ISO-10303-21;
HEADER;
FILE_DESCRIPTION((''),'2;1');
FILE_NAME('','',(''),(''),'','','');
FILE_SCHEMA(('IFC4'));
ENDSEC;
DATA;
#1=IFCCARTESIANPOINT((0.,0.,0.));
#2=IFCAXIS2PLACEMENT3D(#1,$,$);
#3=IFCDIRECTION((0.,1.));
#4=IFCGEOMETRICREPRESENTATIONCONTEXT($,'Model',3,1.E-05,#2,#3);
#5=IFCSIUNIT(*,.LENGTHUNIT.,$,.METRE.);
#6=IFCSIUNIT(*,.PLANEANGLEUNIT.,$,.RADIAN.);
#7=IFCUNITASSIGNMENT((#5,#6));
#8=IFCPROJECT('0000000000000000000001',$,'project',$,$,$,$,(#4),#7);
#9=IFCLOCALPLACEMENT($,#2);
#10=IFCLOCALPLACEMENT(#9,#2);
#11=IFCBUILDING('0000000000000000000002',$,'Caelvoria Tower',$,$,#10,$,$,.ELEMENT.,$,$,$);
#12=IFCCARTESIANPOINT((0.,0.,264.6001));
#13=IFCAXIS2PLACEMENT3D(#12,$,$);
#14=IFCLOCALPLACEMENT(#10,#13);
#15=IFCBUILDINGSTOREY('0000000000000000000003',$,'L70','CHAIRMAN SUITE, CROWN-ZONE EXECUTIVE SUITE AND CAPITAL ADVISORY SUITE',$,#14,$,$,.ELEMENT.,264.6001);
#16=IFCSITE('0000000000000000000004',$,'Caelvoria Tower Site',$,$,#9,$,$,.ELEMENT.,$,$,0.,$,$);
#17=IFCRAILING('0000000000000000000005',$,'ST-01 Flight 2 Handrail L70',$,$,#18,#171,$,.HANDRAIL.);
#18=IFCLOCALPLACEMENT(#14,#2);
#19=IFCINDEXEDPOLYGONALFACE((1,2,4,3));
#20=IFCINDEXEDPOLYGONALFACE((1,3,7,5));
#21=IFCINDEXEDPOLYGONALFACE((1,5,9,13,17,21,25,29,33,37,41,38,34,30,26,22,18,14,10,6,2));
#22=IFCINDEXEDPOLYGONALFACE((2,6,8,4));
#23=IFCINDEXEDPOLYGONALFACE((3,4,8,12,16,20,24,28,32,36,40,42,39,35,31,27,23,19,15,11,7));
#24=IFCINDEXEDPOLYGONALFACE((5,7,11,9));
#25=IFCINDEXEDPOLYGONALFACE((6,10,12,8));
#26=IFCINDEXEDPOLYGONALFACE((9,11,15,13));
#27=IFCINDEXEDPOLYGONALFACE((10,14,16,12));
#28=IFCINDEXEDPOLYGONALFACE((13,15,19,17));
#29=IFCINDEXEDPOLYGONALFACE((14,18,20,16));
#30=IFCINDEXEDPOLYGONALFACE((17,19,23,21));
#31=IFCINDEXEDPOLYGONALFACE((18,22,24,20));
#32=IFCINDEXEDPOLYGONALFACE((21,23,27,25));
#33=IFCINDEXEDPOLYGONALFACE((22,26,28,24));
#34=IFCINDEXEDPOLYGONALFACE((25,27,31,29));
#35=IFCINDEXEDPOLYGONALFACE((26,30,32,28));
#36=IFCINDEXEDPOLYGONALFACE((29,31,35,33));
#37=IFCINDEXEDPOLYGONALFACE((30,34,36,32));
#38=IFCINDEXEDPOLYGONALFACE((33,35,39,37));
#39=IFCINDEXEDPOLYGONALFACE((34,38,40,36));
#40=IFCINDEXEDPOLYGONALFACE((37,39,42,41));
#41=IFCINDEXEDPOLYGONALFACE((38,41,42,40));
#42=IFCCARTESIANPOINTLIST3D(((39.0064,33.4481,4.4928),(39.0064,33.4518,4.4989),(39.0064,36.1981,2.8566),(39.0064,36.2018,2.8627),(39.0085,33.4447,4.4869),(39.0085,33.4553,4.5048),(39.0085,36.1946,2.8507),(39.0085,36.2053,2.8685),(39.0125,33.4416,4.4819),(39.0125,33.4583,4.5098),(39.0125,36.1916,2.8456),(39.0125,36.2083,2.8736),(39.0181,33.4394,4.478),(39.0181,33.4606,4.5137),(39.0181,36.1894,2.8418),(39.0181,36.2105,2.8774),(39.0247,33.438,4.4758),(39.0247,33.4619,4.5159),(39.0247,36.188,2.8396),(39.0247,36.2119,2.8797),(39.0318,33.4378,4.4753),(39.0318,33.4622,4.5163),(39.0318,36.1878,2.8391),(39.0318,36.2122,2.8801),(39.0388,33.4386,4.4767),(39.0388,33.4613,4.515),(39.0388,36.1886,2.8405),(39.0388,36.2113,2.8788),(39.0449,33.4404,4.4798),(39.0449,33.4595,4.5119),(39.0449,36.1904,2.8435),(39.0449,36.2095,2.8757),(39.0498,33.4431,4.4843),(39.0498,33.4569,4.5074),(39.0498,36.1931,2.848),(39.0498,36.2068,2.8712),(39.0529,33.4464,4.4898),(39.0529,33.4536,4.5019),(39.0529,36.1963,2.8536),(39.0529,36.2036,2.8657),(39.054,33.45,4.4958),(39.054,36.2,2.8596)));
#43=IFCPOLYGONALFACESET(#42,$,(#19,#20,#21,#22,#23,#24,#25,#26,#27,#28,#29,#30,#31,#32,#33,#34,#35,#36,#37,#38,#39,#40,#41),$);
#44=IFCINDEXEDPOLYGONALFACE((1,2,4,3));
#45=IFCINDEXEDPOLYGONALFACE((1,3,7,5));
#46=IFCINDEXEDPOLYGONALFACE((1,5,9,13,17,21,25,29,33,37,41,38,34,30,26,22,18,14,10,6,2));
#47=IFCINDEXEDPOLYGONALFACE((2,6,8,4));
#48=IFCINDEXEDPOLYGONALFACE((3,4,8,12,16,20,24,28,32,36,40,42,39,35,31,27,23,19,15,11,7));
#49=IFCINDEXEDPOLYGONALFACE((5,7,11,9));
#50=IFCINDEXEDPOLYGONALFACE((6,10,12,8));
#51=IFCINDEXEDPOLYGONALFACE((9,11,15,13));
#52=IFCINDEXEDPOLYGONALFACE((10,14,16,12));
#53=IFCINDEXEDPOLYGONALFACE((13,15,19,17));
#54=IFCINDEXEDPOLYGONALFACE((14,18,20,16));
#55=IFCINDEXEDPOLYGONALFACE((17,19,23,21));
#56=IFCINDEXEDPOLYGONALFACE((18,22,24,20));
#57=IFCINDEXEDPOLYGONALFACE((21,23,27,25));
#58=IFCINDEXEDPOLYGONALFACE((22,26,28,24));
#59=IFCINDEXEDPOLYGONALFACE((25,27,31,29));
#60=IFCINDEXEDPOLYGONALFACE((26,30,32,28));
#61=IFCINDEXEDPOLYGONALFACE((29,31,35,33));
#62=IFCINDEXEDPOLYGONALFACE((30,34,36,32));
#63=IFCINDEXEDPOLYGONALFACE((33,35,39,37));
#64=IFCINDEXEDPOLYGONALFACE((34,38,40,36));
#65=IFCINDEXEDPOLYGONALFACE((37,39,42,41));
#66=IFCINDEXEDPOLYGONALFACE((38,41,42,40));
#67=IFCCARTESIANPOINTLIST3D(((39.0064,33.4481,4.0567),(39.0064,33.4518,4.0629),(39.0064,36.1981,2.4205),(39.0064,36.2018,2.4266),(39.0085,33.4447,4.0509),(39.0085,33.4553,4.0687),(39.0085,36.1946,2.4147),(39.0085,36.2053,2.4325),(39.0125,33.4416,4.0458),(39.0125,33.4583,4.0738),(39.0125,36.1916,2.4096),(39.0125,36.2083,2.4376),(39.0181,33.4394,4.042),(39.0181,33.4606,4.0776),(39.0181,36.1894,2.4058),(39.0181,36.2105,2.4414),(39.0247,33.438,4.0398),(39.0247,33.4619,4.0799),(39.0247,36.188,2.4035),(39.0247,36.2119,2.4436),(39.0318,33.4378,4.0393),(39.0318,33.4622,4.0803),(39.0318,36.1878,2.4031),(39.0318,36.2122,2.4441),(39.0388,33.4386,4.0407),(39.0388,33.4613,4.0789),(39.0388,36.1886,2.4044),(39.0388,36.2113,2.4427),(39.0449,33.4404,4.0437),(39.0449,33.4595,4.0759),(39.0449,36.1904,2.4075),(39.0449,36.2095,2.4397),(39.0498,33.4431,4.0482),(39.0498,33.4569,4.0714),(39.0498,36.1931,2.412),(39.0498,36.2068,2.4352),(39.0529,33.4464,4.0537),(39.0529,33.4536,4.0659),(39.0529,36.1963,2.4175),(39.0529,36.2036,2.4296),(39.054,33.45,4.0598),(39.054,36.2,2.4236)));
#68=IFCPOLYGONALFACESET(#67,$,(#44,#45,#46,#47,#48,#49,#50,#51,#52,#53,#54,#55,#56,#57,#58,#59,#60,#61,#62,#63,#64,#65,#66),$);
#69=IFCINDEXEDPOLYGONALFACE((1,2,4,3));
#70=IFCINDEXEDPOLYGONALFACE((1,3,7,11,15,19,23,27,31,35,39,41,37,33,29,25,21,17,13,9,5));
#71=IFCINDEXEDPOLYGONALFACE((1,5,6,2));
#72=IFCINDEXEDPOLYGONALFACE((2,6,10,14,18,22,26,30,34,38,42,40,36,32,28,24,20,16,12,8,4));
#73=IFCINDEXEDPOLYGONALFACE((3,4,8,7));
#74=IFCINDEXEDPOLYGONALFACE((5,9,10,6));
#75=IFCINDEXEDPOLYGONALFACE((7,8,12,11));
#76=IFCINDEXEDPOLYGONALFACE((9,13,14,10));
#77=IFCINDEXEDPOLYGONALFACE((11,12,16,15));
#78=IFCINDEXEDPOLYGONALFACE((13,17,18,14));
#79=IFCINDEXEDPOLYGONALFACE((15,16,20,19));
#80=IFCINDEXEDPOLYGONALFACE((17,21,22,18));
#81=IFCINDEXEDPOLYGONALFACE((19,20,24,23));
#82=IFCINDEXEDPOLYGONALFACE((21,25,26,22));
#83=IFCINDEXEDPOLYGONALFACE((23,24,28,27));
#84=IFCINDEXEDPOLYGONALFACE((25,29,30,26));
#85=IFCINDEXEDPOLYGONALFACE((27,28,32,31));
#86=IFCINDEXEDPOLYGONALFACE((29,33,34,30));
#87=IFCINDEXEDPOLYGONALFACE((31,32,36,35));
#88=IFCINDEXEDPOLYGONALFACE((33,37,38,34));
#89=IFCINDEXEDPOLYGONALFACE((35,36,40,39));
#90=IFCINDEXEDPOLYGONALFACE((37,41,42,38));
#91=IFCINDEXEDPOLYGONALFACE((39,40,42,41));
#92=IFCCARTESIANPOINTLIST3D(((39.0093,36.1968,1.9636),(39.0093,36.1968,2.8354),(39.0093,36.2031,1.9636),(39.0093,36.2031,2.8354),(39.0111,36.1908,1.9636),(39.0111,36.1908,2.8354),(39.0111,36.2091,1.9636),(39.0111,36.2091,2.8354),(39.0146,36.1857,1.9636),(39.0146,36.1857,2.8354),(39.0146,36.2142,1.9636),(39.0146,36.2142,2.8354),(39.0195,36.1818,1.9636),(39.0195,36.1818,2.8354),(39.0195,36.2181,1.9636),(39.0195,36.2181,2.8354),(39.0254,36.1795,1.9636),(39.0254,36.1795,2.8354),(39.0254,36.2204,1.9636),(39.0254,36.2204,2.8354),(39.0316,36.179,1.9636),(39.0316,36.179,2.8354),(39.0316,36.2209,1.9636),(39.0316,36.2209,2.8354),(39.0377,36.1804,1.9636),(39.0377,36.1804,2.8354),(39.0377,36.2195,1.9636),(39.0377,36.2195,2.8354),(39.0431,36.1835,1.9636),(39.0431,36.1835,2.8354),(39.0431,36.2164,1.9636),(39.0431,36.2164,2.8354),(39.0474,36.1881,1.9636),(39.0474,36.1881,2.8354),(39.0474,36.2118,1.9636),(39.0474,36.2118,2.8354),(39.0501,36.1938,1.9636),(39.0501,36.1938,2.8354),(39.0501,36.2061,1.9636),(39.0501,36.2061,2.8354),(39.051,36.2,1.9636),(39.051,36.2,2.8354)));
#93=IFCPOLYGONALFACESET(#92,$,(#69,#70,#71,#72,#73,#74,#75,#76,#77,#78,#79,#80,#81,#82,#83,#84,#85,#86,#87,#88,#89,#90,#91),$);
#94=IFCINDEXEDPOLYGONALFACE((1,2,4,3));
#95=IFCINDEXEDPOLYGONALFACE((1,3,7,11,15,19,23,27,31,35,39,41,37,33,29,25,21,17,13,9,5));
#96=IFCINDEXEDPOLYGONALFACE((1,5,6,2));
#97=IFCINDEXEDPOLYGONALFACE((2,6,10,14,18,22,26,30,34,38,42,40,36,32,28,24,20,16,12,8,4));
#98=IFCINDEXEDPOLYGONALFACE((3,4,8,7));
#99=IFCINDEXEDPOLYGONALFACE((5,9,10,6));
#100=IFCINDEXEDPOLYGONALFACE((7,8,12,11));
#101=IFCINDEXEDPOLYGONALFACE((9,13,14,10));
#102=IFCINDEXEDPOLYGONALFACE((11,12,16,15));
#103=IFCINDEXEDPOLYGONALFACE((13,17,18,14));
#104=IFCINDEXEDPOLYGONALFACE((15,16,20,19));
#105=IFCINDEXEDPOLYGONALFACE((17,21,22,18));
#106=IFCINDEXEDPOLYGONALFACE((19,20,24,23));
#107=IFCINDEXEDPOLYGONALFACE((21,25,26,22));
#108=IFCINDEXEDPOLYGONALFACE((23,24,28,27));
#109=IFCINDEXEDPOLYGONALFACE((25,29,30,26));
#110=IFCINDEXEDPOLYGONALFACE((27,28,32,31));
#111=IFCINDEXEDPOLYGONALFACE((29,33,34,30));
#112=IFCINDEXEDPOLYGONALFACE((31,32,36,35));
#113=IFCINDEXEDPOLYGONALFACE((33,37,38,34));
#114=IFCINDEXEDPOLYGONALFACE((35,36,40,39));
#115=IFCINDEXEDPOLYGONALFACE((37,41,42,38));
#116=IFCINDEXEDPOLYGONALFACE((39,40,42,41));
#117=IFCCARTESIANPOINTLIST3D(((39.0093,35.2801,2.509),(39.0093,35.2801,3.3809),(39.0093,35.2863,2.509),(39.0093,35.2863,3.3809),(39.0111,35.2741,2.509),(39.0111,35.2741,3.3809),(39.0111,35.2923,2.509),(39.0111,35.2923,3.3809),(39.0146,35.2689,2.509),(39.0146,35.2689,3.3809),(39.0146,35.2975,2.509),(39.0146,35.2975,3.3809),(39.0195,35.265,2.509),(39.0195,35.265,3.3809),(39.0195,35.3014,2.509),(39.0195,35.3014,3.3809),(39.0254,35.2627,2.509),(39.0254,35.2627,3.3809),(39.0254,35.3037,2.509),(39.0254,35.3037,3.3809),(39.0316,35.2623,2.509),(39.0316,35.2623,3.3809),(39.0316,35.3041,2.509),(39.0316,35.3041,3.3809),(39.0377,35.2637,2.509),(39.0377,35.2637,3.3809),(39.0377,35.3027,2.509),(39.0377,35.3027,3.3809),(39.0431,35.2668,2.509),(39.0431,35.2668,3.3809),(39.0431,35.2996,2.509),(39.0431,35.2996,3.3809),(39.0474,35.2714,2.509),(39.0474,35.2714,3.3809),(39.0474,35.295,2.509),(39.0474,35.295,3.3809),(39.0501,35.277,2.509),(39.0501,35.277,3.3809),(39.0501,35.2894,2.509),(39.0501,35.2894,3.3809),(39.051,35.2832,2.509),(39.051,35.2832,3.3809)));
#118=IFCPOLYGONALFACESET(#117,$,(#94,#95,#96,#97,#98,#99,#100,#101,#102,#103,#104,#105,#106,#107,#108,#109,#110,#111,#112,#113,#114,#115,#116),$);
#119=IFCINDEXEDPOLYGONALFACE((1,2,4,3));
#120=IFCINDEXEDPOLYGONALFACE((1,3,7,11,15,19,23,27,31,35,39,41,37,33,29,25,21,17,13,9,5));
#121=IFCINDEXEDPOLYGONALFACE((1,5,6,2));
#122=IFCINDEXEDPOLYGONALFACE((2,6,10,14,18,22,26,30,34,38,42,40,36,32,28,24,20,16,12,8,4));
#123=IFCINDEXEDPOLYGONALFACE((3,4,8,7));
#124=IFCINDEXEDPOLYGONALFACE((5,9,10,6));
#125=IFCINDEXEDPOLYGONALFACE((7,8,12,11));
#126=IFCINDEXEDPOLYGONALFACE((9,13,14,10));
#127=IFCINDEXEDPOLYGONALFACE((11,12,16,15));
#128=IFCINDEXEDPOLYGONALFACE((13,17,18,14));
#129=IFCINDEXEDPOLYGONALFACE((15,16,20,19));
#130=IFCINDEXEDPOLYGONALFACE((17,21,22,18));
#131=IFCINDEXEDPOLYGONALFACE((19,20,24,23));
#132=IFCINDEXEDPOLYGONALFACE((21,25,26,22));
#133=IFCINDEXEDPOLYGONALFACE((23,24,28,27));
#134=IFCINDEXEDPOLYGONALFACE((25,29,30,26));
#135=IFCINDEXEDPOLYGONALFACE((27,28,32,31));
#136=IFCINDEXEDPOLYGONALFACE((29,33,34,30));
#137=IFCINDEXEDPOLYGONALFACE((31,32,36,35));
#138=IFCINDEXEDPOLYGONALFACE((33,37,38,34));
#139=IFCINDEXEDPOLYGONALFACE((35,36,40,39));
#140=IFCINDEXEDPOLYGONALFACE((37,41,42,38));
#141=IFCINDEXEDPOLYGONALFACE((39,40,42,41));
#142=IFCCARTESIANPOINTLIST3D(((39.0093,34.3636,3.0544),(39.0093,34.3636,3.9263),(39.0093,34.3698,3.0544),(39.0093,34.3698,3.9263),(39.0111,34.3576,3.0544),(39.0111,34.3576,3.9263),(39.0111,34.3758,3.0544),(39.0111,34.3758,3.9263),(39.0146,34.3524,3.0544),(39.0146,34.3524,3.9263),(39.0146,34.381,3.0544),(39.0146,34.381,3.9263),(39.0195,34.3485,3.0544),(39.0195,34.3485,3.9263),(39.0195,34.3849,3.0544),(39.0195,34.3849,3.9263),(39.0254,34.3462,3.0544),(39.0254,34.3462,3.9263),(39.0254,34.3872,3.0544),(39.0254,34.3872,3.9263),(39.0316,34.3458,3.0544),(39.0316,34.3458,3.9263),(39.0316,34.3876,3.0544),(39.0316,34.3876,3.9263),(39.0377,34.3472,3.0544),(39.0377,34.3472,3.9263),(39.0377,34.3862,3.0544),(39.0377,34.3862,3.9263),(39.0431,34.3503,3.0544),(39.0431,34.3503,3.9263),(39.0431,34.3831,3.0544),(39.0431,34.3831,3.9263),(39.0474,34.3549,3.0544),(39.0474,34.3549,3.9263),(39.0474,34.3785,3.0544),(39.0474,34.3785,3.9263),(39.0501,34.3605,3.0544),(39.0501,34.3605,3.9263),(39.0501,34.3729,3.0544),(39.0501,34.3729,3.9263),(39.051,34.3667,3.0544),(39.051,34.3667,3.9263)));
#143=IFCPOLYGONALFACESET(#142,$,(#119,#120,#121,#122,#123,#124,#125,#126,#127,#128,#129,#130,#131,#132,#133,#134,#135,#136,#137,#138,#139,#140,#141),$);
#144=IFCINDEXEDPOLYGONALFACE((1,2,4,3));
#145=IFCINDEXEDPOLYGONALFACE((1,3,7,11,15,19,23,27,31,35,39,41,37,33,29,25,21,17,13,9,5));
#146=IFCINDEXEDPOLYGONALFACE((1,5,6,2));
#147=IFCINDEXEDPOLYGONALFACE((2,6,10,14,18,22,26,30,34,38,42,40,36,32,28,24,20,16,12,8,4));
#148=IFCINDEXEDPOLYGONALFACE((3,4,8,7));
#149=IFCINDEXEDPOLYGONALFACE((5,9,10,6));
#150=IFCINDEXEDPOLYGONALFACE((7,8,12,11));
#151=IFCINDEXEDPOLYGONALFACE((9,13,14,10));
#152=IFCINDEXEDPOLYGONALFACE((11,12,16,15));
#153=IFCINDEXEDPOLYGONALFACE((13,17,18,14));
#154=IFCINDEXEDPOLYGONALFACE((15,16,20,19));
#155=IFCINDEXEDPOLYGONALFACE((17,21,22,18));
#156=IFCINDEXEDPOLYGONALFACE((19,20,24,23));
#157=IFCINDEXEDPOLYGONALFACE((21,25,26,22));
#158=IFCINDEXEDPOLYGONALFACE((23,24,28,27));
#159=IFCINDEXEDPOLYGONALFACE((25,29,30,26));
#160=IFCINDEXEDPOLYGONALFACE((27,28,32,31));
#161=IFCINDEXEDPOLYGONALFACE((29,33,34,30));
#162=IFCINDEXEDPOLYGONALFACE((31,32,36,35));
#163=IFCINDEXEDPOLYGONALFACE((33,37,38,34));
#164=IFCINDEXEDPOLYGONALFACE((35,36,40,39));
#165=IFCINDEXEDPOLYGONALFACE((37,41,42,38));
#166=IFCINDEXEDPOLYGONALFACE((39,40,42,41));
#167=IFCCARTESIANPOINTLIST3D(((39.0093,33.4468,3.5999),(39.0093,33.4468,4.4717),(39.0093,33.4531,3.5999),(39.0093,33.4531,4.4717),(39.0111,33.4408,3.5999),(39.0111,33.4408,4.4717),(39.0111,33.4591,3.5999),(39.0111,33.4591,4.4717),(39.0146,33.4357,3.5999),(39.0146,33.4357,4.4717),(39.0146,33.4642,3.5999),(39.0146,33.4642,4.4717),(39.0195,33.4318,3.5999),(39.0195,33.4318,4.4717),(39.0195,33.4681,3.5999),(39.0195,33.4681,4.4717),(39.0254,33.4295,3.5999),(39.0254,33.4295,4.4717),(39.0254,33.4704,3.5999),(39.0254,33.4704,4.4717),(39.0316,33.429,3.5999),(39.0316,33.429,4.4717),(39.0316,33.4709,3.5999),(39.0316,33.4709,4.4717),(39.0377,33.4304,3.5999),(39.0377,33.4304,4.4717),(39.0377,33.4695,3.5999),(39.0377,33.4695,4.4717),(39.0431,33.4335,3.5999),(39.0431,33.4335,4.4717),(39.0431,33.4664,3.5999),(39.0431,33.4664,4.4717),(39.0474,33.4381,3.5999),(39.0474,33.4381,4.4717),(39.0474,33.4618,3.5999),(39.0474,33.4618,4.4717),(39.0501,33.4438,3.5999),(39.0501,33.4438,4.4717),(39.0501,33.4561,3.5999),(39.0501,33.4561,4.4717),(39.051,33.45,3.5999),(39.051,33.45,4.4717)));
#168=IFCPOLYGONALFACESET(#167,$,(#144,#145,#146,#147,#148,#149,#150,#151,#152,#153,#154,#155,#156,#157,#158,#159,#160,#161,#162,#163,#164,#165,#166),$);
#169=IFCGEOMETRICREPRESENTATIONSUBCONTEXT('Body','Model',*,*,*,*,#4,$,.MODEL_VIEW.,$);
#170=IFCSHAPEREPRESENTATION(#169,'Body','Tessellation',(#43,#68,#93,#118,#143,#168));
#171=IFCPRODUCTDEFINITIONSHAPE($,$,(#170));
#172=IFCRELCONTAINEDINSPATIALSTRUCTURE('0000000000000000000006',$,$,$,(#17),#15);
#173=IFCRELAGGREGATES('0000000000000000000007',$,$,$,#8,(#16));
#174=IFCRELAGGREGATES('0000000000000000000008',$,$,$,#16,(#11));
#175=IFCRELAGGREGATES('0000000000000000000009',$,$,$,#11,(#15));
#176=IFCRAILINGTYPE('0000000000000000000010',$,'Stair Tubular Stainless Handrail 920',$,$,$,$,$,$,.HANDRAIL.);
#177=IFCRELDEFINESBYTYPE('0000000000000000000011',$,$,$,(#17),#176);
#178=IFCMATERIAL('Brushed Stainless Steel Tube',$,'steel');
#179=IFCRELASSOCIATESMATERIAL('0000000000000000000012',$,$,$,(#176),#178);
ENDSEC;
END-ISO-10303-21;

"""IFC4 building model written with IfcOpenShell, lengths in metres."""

from ifc_helpers import new_model, si_unit, direction, frame, origin, origin_2d, place, context, subcontext, project, spatial, circle, extrude, material, type_object, element, save


model = new_model("IFC4")

# Units and contexts
model_context = context("Model", 3, precision=1e-05, world=origin(), true_north=direction((0.0, 1.0)))
body_context = subcontext(model_context, "Body", "Model", "MODEL_VIEW")
ifc_project = project(units=[si_unit("LENGTHUNIT", "METRE"), si_unit("PLANEANGLEUNIT", "RADIAN")], contexts=[model_context])

# Site, building, storey
site_placement = place(None, origin())
site = spatial("IfcSite", under=ifc_project, at=site_placement, Name="Caelvoria Tower Site", CompositionType="ELEMENT", RefElevation=0.0)
building_placement = place(site_placement, origin())
building = spatial("IfcBuilding", under=site, at=building_placement, Name="Caelvoria Tower", CompositionType="ELEMENT")
storey_placement = place(building_placement, frame((0.0, 0.0, 264.6001)))
storey = spatial("IfcBuildingStorey", under=building, at=storey_placement, Name="L70", Description="CHAIRMAN SUITE, CROWN-ZONE EXECUTIVE SUITE AND CAPITAL ADVISORY SUITE", CompositionType="ELEMENT", Elevation=264.6001)

# Railing
ifc_material_1 = material(Name="Brushed Stainless Steel Tube", Category="steel")
railing_type_1 = type_object("IfcRailingType", Name="Stair Tubular Stainless Handrail 920", PredefinedType="HANDRAIL", material=ifc_material_1)
railing_1_placement = place(storey_placement, frame((39.03, 36.2, 1.9636)))
element("IfcRailing", 1, at=railing_1_placement, inside=storey, type_object=railing_type_1, Name="ST-01 Flight 2 Handrail L70", PredefinedType="HANDRAIL", context=body_context, shape_type="SweptSolid", body=[
    extrude(circle(Radius=0.0239, at=origin_2d()), frame((0.0, 0.0, 0.896), z_axis=(0.0, -0.859385, 0.511328), x_axis=(1.0, 0.0, 0.0)), (0.0, 0.0, 1.0), 3.2),
    extrude(circle(Radius=0.0239, at=origin_2d()), frame((0.0, 0.0, 0.46), z_axis=(0.0, -0.859385, 0.511328), x_axis=(1.0, 0.0, 0.0)), (0.0, 0.0, 1.0), 3.2),
    extrude(circle(Radius=0.021, at=origin_2d()), origin(), (0.0, 0.0, 1.0), 0.8718),
    extrude(circle(Radius=0.021, at=origin_2d()), frame((0.0, -0.9167, 0.5454)), (0.0, 0.0, 1.0), 0.8718),
    extrude(circle(Radius=0.021, at=origin_2d()), frame((0.0, -1.8333, 1.0908)), (0.0, 0.0, 1.0), 0.8718),
    extrude(circle(Radius=0.021, at=origin_2d()), frame((0.0, -2.75, 1.6362)), (0.0, 0.0, 1.0), 0.8718),
])

save(model, "model.ifc")
